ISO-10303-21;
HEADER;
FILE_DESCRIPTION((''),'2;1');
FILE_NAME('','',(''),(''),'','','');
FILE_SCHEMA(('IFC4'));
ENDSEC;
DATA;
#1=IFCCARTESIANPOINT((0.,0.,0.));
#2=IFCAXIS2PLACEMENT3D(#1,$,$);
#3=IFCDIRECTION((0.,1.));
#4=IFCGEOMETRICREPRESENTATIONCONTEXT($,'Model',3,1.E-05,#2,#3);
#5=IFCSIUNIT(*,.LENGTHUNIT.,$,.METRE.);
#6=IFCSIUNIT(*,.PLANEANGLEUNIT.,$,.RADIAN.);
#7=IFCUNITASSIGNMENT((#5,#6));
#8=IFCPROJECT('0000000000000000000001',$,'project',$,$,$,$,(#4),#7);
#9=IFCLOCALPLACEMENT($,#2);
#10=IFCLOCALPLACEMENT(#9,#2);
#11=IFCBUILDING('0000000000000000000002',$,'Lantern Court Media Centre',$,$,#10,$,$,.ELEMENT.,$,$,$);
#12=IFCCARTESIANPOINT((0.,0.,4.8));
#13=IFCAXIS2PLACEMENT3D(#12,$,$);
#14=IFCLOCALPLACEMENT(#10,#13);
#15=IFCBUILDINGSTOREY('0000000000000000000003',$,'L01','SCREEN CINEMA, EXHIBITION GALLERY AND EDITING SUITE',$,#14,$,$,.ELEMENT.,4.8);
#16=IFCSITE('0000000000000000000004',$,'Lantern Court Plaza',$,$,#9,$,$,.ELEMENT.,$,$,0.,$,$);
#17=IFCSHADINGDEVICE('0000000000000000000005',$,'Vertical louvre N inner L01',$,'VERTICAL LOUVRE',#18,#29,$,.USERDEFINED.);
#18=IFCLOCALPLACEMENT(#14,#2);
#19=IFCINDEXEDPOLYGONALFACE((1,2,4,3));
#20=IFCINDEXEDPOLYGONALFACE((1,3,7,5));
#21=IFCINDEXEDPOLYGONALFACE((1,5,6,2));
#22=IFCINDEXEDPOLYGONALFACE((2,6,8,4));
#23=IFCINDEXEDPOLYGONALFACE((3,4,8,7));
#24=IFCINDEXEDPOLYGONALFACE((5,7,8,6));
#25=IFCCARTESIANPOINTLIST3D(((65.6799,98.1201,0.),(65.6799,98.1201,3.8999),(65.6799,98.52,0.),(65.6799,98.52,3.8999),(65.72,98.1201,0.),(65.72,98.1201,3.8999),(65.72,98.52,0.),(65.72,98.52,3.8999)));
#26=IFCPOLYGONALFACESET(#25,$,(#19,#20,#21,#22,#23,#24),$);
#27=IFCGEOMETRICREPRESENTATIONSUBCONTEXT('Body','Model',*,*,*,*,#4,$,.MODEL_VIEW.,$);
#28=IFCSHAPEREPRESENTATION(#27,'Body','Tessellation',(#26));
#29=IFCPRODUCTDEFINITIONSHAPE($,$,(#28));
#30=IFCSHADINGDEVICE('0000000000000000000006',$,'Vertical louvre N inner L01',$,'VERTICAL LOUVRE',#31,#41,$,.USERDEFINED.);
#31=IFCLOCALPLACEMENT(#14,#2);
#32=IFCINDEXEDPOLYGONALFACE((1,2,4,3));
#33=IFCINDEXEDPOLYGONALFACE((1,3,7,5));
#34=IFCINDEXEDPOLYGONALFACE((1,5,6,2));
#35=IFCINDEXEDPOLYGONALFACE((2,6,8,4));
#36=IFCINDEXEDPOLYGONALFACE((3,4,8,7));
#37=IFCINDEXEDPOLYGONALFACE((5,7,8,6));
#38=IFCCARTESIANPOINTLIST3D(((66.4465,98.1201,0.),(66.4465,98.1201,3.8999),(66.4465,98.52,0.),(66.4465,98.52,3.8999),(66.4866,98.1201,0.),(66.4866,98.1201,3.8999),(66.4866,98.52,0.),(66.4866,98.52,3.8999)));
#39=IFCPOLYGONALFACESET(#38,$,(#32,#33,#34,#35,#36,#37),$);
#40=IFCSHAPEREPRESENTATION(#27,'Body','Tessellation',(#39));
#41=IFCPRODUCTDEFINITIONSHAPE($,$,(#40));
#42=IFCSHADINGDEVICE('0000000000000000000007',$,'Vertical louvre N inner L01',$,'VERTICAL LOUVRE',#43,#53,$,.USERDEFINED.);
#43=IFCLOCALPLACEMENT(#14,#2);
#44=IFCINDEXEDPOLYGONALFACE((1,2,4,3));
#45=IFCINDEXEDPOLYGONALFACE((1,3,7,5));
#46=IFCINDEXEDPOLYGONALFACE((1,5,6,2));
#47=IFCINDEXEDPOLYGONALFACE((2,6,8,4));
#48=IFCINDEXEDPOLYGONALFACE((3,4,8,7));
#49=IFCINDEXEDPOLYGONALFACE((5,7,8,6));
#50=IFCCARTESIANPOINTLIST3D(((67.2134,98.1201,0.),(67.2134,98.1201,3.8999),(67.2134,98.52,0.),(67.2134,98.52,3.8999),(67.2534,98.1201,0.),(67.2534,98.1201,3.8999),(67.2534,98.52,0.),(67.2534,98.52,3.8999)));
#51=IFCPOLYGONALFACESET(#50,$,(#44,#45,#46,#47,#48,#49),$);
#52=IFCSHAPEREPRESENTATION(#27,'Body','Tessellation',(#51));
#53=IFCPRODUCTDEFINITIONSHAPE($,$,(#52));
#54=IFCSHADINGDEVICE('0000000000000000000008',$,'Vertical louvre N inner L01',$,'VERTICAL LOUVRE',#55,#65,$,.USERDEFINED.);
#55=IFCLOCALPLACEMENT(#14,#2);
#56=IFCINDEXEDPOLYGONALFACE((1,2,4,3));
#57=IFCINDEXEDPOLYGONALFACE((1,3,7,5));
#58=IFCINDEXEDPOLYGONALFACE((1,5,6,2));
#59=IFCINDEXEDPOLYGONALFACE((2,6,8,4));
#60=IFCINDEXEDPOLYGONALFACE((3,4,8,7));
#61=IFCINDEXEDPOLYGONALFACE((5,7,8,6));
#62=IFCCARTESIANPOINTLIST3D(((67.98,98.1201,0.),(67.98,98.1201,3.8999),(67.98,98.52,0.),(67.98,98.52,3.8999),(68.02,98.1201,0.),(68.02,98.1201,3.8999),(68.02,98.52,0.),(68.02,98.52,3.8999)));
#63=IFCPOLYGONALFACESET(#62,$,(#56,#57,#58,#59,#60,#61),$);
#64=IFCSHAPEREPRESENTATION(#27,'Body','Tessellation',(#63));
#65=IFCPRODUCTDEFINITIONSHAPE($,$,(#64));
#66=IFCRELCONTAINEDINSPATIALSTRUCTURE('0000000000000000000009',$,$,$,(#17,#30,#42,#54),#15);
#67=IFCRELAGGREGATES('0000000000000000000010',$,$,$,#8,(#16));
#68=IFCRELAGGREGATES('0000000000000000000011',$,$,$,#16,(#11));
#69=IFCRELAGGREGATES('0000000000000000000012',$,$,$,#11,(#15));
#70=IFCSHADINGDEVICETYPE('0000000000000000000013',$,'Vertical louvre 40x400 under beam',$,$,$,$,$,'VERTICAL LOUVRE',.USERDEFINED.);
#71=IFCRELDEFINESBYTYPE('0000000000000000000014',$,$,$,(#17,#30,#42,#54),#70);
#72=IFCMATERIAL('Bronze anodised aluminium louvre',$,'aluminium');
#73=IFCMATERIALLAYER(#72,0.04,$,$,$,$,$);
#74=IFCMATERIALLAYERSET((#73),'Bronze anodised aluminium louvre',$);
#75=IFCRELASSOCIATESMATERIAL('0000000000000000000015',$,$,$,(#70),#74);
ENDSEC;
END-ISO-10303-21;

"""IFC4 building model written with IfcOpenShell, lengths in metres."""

from ifc_helpers import new_model, si_unit, direction, frame, origin, origin_2d, place, context, subcontext, project, spatial, rectangle, extrude, material, layer, layer_set, type_object, element, save


model = new_model("IFC4")

# Units and contexts
model_context = context("Model", 3, precision=1e-05, world=origin(), true_north=direction((0.0, 1.0)))
body_context = subcontext(model_context, "Body", "Model", "MODEL_VIEW")
ifc_project = project(units=[si_unit("LENGTHUNIT", "METRE"), si_unit("PLANEANGLEUNIT", "RADIAN")], contexts=[model_context])

# Site, building, storey
site_placement = place(None, origin())
site = spatial("IfcSite", under=ifc_project, at=site_placement, Name="Lantern Court Plaza", CompositionType="ELEMENT", RefElevation=0.0)
building_placement = place(site_placement, origin())
building = spatial("IfcBuilding", under=site, at=building_placement, Name="Lantern Court Media Centre", CompositionType="ELEMENT")
storey_placement = place(building_placement, frame((0.0, 0.0, 4.8)))
storey = spatial("IfcBuildingStorey", under=building, at=storey_placement, Name="L01", Description="SCREEN CINEMA, EXHIBITION GALLERY AND EDITING SUITE", CompositionType="ELEMENT", Elevation=4.8)

# Shading devices
ifc_material_1 = material(Name="Bronze anodised aluminium louvre", Category="aluminium")
ifc_layer_1 = layer(ifc_material_1, 0.04)
ifc_layer_set_1 = layer_set([ifc_layer_1], Name="Bronze anodised aluminium louvre")
shading_device_type = type_object("IfcShadingDeviceType", Name="Vertical louvre 40x400 under beam", ElementType="VERTICAL LOUVRE", PredefinedType="USERDEFINED", material=ifc_layer_set_1)
for number, where, z_axis, x_axis, name in (
    (1, (65.7, 98.3201, 0.0), (0.0, 0.0, 1.0), (1.0, 0.0, 0.0), "Vertical louvre N inner L01"),
    (2, (66.4666, 98.3201, 0.0), (0.0, 0.0, 1.0), (1.0, 0.0, 0.0), "Vertical louvre N inner L01"),
    (3, (67.2334, 98.3201, 0.0), (0.0, 0.0, 1.0), (1.0, 0.0, 0.0), "Vertical louvre N inner L01"),
    (4, (68.0, 98.3201, 0.0), (0.0, 0.0, 1.0), (1.0, 0.0, 0.0), "Vertical louvre N inner L01"),
):
    element("IfcShadingDevice", number, at=place(storey_placement, frame(where, z_axis=z_axis, x_axis=x_axis)), inside=storey, type_object=shading_device_type, Name=name, ObjectType="VERTICAL LOUVRE", PredefinedType="USERDEFINED", context=body_context, shape_type="SweptSolid", body=[
        extrude(rectangle(XDim=0.04, YDim=0.3999, at=origin_2d()), origin(), (0.0, 0.0, 1.0), 3.8999),
    ])

save(model, "model.ifc")
